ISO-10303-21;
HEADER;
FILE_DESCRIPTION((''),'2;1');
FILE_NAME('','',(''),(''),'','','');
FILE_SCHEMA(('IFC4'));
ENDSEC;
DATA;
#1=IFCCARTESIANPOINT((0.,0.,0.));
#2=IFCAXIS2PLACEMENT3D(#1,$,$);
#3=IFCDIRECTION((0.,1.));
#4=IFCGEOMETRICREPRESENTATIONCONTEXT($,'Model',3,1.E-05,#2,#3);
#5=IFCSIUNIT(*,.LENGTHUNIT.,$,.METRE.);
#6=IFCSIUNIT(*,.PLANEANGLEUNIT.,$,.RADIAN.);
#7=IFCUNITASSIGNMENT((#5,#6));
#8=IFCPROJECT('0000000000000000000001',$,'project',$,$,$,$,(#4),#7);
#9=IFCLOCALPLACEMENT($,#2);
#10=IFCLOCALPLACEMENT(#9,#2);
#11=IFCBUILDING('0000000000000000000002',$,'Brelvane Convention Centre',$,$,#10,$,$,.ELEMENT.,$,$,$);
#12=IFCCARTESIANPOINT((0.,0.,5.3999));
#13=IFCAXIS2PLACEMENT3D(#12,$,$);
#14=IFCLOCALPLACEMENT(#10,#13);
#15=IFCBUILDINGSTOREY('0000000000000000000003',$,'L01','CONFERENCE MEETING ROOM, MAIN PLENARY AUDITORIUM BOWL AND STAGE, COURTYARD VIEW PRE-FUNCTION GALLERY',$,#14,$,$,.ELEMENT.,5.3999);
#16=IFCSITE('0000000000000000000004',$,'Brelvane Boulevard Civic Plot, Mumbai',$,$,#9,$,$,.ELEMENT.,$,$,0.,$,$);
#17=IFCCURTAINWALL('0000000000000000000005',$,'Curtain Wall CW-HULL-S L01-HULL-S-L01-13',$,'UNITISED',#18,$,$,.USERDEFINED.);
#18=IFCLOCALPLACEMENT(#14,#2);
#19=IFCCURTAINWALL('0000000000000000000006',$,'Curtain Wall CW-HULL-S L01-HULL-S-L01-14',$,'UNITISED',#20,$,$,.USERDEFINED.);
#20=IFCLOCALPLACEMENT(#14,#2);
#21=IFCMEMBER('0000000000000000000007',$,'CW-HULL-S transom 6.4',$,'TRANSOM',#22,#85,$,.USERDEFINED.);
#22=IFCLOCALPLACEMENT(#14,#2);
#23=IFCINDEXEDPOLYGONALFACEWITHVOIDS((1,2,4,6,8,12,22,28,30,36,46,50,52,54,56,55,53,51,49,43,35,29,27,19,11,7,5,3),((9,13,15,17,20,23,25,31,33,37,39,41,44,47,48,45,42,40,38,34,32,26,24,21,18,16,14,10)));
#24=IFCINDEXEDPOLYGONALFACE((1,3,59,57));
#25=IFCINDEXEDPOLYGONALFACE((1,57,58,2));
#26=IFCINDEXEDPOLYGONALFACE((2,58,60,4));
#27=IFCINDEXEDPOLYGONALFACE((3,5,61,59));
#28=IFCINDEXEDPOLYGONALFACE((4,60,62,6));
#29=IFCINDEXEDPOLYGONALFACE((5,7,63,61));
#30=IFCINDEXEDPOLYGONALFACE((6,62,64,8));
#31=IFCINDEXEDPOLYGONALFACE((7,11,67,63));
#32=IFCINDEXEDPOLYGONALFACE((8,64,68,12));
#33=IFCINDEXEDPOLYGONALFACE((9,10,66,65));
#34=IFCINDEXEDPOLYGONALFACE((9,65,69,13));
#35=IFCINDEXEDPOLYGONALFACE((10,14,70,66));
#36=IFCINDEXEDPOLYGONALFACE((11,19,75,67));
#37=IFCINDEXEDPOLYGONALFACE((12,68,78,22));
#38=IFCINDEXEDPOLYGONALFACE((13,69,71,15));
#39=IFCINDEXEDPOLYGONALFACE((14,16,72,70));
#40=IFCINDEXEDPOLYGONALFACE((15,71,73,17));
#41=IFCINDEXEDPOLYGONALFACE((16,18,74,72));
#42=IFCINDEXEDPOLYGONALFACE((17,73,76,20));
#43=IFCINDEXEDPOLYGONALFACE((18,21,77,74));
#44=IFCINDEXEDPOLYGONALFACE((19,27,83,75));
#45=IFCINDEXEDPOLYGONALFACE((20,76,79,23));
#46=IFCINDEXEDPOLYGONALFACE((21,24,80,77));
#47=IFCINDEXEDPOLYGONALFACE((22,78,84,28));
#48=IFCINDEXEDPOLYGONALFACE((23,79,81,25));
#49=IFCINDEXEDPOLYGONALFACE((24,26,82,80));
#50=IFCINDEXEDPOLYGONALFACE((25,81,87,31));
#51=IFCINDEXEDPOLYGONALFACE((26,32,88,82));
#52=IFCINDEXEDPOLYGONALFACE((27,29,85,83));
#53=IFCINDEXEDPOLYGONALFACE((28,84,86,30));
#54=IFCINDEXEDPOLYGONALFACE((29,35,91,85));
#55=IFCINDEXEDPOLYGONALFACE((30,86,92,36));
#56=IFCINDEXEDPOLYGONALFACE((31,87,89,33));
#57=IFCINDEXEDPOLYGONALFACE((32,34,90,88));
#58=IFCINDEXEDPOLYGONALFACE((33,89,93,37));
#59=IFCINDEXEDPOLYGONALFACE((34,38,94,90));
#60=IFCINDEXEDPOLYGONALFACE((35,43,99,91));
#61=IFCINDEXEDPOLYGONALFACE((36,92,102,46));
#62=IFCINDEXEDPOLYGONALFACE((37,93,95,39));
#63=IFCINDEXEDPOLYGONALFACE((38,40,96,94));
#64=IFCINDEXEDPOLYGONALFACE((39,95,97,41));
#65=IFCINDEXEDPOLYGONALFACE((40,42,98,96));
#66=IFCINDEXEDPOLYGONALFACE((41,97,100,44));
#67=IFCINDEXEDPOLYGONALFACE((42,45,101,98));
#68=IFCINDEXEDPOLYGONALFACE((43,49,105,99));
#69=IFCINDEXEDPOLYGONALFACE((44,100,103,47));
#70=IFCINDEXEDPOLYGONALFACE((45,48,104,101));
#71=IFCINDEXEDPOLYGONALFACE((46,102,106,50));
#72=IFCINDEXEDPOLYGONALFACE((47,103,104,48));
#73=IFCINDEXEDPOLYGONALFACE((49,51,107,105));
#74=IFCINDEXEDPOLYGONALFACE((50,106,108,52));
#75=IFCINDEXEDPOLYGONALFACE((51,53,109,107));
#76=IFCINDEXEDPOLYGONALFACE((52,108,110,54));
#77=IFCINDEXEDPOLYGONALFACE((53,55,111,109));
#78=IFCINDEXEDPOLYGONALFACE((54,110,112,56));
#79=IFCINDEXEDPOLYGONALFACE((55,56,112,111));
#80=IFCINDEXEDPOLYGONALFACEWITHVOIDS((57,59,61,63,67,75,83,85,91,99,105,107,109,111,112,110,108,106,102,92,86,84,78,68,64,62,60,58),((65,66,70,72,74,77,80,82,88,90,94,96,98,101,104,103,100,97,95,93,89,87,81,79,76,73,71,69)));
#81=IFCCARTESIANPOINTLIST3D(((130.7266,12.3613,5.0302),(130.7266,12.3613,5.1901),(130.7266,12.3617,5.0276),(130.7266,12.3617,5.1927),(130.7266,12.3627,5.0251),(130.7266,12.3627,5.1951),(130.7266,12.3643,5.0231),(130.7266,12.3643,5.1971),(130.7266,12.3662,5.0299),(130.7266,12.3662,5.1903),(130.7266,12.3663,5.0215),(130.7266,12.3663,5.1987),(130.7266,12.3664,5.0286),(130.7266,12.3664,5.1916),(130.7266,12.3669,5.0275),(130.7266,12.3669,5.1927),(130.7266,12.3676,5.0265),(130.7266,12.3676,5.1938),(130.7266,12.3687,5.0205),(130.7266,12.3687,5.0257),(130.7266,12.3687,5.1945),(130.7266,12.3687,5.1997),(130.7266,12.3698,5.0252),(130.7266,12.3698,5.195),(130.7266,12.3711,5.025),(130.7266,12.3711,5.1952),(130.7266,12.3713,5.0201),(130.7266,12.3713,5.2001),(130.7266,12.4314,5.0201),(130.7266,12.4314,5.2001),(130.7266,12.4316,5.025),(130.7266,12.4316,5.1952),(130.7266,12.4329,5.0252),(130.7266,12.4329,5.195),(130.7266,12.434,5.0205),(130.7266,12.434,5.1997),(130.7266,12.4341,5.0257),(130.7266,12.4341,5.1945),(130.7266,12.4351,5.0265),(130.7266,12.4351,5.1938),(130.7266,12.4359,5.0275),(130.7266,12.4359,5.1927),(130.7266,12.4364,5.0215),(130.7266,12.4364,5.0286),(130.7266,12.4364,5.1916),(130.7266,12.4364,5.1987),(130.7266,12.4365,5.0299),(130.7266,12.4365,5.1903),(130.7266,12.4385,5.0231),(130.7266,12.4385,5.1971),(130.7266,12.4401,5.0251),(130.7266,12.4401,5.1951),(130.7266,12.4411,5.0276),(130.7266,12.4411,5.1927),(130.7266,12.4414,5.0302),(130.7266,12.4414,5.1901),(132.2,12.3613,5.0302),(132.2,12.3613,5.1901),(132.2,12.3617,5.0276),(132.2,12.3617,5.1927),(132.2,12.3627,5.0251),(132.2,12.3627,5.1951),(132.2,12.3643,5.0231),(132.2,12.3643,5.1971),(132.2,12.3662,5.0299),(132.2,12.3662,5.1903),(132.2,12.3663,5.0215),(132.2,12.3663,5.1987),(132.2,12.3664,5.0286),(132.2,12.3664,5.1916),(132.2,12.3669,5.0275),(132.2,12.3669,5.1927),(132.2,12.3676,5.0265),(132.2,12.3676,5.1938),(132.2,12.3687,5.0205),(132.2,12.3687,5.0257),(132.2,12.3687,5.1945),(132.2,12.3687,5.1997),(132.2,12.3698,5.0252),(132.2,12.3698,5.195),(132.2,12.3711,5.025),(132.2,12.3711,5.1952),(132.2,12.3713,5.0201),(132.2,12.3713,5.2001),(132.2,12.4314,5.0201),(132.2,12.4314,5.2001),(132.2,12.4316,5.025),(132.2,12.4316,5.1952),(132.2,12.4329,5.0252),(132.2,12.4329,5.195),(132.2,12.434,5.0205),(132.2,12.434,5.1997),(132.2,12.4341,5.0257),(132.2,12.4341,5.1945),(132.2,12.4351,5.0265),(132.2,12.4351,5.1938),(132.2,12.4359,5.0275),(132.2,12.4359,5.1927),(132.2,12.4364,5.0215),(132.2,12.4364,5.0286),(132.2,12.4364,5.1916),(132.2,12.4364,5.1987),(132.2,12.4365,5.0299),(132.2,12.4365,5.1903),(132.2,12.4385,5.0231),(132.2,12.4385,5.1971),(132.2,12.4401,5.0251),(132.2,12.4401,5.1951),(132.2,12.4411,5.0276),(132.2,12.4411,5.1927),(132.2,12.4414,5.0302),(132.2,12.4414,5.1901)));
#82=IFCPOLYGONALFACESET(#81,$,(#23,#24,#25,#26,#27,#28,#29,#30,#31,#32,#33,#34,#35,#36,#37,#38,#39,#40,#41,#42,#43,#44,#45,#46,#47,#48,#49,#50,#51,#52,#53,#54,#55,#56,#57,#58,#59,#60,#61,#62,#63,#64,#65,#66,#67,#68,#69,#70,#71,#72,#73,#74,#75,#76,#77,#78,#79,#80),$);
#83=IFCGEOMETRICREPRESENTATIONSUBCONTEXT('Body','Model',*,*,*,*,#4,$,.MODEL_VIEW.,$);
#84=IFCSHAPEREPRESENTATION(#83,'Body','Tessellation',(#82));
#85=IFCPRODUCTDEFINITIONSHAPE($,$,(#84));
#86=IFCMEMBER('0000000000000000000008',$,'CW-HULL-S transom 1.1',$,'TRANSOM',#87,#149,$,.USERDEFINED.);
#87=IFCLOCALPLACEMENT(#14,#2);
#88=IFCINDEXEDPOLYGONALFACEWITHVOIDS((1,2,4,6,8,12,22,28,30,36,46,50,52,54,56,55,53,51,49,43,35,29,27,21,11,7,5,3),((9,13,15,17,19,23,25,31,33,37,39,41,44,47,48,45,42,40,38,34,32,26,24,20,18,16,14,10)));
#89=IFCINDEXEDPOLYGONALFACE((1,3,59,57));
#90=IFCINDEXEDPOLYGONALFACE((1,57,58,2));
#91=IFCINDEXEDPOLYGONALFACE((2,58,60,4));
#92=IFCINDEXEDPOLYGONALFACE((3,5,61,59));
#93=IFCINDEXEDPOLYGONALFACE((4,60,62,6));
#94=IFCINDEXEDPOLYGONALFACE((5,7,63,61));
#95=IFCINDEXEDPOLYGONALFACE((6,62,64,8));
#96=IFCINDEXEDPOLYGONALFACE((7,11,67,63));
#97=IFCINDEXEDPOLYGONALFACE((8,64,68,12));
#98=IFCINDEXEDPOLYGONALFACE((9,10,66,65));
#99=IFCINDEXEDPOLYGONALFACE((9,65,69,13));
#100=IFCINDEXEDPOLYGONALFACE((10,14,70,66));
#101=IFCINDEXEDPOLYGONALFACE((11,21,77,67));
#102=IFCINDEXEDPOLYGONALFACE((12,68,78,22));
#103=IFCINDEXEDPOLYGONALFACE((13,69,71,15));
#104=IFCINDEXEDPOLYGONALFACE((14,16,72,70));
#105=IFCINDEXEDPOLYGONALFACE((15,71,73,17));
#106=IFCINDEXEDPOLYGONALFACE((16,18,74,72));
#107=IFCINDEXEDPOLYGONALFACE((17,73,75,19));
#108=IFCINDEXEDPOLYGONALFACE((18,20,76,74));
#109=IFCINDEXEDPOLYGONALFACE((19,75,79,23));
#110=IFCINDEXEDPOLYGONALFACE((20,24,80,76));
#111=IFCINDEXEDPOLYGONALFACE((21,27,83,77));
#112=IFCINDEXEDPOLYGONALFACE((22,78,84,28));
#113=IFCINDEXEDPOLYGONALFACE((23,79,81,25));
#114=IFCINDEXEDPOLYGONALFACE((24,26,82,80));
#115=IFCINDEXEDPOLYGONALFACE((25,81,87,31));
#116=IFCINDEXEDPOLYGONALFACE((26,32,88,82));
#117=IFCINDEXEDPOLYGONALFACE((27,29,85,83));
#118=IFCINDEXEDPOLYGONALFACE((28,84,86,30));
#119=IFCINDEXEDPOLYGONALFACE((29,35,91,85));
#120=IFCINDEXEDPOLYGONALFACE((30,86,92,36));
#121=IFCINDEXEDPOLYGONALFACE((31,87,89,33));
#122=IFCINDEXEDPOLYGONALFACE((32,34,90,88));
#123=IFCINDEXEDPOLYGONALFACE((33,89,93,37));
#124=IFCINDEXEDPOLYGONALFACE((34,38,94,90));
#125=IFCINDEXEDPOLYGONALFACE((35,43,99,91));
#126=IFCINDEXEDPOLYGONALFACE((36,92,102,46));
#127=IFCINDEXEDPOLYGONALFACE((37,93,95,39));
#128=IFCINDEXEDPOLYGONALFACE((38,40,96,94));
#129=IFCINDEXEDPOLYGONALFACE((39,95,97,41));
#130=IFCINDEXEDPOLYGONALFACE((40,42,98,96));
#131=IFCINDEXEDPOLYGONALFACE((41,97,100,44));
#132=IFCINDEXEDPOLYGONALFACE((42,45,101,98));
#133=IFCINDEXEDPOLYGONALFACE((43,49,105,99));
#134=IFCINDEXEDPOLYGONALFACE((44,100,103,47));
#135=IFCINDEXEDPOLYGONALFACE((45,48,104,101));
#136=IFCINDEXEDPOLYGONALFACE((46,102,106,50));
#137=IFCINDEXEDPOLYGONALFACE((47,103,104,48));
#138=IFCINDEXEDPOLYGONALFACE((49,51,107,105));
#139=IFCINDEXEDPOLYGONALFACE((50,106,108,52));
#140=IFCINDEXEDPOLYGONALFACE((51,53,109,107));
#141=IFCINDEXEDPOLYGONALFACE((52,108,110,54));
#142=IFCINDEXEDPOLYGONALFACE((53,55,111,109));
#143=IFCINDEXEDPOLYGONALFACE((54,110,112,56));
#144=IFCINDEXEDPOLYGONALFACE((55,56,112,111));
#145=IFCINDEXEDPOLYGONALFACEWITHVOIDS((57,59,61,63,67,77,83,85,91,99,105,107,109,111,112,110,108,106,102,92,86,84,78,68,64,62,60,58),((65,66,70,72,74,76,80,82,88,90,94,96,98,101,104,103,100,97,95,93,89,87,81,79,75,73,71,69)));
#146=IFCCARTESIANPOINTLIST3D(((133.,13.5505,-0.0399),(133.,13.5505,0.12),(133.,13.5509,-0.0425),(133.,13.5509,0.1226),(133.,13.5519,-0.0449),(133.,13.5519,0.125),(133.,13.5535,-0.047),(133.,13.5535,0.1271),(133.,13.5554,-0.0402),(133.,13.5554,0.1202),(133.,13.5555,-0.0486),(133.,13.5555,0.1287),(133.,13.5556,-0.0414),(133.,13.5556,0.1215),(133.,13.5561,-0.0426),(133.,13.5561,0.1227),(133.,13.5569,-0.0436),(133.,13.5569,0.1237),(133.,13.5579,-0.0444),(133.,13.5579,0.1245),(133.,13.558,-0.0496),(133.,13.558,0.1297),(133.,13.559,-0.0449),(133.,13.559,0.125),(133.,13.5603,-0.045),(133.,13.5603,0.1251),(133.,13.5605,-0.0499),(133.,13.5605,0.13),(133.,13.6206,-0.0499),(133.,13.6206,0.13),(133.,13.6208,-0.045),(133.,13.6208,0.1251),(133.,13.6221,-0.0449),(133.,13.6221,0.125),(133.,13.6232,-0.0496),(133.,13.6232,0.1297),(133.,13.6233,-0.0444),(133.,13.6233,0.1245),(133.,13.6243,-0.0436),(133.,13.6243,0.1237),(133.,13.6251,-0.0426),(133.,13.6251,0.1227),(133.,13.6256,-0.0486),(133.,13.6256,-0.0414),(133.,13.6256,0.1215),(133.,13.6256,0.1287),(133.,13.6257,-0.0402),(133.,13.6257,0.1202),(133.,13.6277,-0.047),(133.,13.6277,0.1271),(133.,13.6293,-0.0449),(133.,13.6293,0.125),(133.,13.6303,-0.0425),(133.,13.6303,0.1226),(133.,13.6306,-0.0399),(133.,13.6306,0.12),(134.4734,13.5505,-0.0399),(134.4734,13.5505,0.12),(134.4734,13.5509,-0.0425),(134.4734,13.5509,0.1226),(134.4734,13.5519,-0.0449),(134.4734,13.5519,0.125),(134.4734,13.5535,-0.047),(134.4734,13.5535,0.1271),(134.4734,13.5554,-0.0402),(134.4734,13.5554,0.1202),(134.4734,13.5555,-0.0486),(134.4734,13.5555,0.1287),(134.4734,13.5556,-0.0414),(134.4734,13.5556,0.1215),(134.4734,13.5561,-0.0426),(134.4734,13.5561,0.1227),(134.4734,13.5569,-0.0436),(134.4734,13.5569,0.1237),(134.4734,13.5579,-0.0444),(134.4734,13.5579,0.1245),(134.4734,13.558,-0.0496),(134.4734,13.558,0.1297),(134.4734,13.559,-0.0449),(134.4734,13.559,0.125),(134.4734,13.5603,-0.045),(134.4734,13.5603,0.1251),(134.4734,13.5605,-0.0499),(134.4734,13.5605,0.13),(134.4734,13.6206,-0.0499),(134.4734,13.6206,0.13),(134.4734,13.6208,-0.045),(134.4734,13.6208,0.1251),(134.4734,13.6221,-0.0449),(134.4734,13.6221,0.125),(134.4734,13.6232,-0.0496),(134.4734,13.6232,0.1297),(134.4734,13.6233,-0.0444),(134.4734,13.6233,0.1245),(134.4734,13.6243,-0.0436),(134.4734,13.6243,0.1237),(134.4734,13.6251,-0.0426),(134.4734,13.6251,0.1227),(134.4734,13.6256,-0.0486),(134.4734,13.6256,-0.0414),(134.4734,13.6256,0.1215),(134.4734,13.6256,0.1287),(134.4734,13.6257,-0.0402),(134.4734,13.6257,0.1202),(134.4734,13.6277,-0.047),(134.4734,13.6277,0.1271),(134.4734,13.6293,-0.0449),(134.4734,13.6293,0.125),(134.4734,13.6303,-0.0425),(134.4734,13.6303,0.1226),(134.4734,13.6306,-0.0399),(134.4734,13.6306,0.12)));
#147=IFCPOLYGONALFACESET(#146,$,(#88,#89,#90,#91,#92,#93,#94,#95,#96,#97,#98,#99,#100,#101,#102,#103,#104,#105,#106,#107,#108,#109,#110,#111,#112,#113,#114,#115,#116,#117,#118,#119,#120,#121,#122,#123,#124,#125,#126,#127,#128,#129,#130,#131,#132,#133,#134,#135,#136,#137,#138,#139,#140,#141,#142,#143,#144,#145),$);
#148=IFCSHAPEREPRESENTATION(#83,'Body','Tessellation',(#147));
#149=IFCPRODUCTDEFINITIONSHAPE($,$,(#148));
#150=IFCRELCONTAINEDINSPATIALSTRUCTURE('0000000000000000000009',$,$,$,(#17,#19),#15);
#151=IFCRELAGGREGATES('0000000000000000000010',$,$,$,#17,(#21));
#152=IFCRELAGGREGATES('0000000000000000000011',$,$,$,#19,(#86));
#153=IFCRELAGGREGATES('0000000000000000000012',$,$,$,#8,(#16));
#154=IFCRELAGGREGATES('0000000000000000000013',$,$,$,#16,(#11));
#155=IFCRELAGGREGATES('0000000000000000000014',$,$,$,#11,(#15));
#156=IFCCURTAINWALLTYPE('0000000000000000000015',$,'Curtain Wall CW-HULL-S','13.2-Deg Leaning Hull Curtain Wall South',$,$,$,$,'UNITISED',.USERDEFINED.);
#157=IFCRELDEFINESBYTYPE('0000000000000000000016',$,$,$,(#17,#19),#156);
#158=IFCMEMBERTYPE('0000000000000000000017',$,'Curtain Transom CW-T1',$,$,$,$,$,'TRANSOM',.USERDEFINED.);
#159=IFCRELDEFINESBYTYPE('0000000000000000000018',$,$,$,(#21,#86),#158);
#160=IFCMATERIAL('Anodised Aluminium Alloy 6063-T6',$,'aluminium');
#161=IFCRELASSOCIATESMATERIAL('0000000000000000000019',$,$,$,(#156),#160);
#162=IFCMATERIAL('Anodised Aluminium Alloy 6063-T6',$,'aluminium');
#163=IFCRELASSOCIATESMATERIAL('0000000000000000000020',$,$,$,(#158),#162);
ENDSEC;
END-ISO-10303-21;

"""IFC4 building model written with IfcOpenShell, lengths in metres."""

from ifc_helpers import new_model, si_unit, direction, frame, origin, origin_2d, place, context, subcontext, project, spatial, hollow_rectangle, extrude, material, material_profile, profile_set, type_object, element, aggregate, save


model = new_model("IFC4")

# Units and contexts
model_context = context("Model", 3, precision=1e-05, world=origin(), true_north=direction((0.0, 1.0)))
body_context = subcontext(model_context, "Body", "Model", "MODEL_VIEW")
ifc_project = project(units=[si_unit("LENGTHUNIT", "METRE"), si_unit("PLANEANGLEUNIT", "RADIAN")], contexts=[model_context])

# Site, building, storey
site_placement = place(None, origin())
site = spatial("IfcSite", under=ifc_project, at=site_placement, Name="Brelvane Boulevard Civic Plot, Mumbai", CompositionType="ELEMENT", RefElevation=0.0)
building_placement = place(site_placement, origin())
building = spatial("IfcBuilding", under=site, at=building_placement, Name="Brelvane Convention Centre", CompositionType="ELEMENT")
storey_placement = place(building_placement, frame((0.0, 0.0, 5.3999)))
storey = spatial("IfcBuildingStorey", under=building, at=storey_placement, Name="L01", Description="CONFERENCE MEETING ROOM, MAIN PLENARY AUDITORIUM BOWL AND STAGE, COURTYARD VIEW PRE-FUNCTION GALLERY", CompositionType="ELEMENT", Elevation=5.3999)

# Curtain walls
ifc_material_1 = material(Name="Anodised Aluminium Alloy 6063-T6", Category="aluminium")
curtain_wall_type = type_object("IfcCurtainWallType", Name="Curtain Wall CW-HULL-S", Description="13.2-Deg Leaning Hull Curtain Wall South", ElementType="UNITISED", PredefinedType="USERDEFINED", material=ifc_material_1)
curtain_wall_1_placement = place(storey_placement, origin())
curtain_wall_1 = element("IfcCurtainWall", 1, at=curtain_wall_1_placement, inside=storey, type_object=curtain_wall_type, Name="Curtain Wall CW-HULL-S L01-HULL-S-L01-13", ObjectType="UNITISED", PredefinedType="USERDEFINED")
curtain_wall_2_placement = place(storey_placement, origin())
curtain_wall_2 = element("IfcCurtainWall", 2, at=curtain_wall_2_placement, inside=storey, type_object=curtain_wall_type, Name="Curtain Wall CW-HULL-S L01-HULL-S-L01-14", ObjectType="UNITISED", PredefinedType="USERDEFINED")

# Members
ifc_material_2 = material(Name="Anodised Aluminium Alloy 6063-T6", Category="aluminium")
ifc_material_profile_1 = material_profile(ifc_material_2, hollow_rectangle(XDim=0.0801, YDim=0.1799, WallThickness=0.0049, InnerFilletRadius=0.0049, OuterFilletRadius=0.01, at=origin_2d()), Name="ALU-T 180x80x5.0")
ifc_profile_set_1 = profile_set([ifc_material_profile_1], Name="Anodised Aluminium Alloy 6063-T6")
member_type_1 = type_object("IfcMemberType", Name="Curtain Transom CW-T1", ElementType="TRANSOM", PredefinedType="USERDEFINED", material=ifc_profile_set_1)
member_1_placement = place(storey_placement, frame((130.7266, 12.4014, 5.1101), z_axis=(1.0, 0.0, 0.0), x_axis=(0.0, 1.0, 0.0)))
member_1 = element("IfcMember", 3, at=member_1_placement, type_object=member_type_1, Name="CW-HULL-S transom 6.4", ObjectType="TRANSOM", PredefinedType="USERDEFINED", context=body_context, shape_type="SweptSolid", body=[
    extrude(hollow_rectangle(XDim=0.0801, YDim=0.1799, WallThickness=0.0049, InnerFilletRadius=0.0049, OuterFilletRadius=0.01, at=origin_2d()), origin(), (0.0, 0.0, 1.0), 1.4734),
])
member_2_placement = place(storey_placement, frame((133.0, 13.5906, 0.04), z_axis=(1.0, 0.0, 0.0), x_axis=(0.0, 1.0, 0.0)))
member_2 = element("IfcMember", 4, at=member_2_placement, type_object=member_type_1, Name="CW-HULL-S transom 1.1", ObjectType="TRANSOM", PredefinedType="USERDEFINED", context=body_context, shape_type="SweptSolid", body=[
    extrude(hollow_rectangle(XDim=0.0801, YDim=0.1799, WallThickness=0.0049, InnerFilletRadius=0.0049, OuterFilletRadius=0.01, at=origin_2d()), origin(), (0.0, 0.0, 1.0), 1.4734),
])

aggregate(curtain_wall_1, [member_1])
aggregate(curtain_wall_2, [member_2])

save(model, "model.ifc")
